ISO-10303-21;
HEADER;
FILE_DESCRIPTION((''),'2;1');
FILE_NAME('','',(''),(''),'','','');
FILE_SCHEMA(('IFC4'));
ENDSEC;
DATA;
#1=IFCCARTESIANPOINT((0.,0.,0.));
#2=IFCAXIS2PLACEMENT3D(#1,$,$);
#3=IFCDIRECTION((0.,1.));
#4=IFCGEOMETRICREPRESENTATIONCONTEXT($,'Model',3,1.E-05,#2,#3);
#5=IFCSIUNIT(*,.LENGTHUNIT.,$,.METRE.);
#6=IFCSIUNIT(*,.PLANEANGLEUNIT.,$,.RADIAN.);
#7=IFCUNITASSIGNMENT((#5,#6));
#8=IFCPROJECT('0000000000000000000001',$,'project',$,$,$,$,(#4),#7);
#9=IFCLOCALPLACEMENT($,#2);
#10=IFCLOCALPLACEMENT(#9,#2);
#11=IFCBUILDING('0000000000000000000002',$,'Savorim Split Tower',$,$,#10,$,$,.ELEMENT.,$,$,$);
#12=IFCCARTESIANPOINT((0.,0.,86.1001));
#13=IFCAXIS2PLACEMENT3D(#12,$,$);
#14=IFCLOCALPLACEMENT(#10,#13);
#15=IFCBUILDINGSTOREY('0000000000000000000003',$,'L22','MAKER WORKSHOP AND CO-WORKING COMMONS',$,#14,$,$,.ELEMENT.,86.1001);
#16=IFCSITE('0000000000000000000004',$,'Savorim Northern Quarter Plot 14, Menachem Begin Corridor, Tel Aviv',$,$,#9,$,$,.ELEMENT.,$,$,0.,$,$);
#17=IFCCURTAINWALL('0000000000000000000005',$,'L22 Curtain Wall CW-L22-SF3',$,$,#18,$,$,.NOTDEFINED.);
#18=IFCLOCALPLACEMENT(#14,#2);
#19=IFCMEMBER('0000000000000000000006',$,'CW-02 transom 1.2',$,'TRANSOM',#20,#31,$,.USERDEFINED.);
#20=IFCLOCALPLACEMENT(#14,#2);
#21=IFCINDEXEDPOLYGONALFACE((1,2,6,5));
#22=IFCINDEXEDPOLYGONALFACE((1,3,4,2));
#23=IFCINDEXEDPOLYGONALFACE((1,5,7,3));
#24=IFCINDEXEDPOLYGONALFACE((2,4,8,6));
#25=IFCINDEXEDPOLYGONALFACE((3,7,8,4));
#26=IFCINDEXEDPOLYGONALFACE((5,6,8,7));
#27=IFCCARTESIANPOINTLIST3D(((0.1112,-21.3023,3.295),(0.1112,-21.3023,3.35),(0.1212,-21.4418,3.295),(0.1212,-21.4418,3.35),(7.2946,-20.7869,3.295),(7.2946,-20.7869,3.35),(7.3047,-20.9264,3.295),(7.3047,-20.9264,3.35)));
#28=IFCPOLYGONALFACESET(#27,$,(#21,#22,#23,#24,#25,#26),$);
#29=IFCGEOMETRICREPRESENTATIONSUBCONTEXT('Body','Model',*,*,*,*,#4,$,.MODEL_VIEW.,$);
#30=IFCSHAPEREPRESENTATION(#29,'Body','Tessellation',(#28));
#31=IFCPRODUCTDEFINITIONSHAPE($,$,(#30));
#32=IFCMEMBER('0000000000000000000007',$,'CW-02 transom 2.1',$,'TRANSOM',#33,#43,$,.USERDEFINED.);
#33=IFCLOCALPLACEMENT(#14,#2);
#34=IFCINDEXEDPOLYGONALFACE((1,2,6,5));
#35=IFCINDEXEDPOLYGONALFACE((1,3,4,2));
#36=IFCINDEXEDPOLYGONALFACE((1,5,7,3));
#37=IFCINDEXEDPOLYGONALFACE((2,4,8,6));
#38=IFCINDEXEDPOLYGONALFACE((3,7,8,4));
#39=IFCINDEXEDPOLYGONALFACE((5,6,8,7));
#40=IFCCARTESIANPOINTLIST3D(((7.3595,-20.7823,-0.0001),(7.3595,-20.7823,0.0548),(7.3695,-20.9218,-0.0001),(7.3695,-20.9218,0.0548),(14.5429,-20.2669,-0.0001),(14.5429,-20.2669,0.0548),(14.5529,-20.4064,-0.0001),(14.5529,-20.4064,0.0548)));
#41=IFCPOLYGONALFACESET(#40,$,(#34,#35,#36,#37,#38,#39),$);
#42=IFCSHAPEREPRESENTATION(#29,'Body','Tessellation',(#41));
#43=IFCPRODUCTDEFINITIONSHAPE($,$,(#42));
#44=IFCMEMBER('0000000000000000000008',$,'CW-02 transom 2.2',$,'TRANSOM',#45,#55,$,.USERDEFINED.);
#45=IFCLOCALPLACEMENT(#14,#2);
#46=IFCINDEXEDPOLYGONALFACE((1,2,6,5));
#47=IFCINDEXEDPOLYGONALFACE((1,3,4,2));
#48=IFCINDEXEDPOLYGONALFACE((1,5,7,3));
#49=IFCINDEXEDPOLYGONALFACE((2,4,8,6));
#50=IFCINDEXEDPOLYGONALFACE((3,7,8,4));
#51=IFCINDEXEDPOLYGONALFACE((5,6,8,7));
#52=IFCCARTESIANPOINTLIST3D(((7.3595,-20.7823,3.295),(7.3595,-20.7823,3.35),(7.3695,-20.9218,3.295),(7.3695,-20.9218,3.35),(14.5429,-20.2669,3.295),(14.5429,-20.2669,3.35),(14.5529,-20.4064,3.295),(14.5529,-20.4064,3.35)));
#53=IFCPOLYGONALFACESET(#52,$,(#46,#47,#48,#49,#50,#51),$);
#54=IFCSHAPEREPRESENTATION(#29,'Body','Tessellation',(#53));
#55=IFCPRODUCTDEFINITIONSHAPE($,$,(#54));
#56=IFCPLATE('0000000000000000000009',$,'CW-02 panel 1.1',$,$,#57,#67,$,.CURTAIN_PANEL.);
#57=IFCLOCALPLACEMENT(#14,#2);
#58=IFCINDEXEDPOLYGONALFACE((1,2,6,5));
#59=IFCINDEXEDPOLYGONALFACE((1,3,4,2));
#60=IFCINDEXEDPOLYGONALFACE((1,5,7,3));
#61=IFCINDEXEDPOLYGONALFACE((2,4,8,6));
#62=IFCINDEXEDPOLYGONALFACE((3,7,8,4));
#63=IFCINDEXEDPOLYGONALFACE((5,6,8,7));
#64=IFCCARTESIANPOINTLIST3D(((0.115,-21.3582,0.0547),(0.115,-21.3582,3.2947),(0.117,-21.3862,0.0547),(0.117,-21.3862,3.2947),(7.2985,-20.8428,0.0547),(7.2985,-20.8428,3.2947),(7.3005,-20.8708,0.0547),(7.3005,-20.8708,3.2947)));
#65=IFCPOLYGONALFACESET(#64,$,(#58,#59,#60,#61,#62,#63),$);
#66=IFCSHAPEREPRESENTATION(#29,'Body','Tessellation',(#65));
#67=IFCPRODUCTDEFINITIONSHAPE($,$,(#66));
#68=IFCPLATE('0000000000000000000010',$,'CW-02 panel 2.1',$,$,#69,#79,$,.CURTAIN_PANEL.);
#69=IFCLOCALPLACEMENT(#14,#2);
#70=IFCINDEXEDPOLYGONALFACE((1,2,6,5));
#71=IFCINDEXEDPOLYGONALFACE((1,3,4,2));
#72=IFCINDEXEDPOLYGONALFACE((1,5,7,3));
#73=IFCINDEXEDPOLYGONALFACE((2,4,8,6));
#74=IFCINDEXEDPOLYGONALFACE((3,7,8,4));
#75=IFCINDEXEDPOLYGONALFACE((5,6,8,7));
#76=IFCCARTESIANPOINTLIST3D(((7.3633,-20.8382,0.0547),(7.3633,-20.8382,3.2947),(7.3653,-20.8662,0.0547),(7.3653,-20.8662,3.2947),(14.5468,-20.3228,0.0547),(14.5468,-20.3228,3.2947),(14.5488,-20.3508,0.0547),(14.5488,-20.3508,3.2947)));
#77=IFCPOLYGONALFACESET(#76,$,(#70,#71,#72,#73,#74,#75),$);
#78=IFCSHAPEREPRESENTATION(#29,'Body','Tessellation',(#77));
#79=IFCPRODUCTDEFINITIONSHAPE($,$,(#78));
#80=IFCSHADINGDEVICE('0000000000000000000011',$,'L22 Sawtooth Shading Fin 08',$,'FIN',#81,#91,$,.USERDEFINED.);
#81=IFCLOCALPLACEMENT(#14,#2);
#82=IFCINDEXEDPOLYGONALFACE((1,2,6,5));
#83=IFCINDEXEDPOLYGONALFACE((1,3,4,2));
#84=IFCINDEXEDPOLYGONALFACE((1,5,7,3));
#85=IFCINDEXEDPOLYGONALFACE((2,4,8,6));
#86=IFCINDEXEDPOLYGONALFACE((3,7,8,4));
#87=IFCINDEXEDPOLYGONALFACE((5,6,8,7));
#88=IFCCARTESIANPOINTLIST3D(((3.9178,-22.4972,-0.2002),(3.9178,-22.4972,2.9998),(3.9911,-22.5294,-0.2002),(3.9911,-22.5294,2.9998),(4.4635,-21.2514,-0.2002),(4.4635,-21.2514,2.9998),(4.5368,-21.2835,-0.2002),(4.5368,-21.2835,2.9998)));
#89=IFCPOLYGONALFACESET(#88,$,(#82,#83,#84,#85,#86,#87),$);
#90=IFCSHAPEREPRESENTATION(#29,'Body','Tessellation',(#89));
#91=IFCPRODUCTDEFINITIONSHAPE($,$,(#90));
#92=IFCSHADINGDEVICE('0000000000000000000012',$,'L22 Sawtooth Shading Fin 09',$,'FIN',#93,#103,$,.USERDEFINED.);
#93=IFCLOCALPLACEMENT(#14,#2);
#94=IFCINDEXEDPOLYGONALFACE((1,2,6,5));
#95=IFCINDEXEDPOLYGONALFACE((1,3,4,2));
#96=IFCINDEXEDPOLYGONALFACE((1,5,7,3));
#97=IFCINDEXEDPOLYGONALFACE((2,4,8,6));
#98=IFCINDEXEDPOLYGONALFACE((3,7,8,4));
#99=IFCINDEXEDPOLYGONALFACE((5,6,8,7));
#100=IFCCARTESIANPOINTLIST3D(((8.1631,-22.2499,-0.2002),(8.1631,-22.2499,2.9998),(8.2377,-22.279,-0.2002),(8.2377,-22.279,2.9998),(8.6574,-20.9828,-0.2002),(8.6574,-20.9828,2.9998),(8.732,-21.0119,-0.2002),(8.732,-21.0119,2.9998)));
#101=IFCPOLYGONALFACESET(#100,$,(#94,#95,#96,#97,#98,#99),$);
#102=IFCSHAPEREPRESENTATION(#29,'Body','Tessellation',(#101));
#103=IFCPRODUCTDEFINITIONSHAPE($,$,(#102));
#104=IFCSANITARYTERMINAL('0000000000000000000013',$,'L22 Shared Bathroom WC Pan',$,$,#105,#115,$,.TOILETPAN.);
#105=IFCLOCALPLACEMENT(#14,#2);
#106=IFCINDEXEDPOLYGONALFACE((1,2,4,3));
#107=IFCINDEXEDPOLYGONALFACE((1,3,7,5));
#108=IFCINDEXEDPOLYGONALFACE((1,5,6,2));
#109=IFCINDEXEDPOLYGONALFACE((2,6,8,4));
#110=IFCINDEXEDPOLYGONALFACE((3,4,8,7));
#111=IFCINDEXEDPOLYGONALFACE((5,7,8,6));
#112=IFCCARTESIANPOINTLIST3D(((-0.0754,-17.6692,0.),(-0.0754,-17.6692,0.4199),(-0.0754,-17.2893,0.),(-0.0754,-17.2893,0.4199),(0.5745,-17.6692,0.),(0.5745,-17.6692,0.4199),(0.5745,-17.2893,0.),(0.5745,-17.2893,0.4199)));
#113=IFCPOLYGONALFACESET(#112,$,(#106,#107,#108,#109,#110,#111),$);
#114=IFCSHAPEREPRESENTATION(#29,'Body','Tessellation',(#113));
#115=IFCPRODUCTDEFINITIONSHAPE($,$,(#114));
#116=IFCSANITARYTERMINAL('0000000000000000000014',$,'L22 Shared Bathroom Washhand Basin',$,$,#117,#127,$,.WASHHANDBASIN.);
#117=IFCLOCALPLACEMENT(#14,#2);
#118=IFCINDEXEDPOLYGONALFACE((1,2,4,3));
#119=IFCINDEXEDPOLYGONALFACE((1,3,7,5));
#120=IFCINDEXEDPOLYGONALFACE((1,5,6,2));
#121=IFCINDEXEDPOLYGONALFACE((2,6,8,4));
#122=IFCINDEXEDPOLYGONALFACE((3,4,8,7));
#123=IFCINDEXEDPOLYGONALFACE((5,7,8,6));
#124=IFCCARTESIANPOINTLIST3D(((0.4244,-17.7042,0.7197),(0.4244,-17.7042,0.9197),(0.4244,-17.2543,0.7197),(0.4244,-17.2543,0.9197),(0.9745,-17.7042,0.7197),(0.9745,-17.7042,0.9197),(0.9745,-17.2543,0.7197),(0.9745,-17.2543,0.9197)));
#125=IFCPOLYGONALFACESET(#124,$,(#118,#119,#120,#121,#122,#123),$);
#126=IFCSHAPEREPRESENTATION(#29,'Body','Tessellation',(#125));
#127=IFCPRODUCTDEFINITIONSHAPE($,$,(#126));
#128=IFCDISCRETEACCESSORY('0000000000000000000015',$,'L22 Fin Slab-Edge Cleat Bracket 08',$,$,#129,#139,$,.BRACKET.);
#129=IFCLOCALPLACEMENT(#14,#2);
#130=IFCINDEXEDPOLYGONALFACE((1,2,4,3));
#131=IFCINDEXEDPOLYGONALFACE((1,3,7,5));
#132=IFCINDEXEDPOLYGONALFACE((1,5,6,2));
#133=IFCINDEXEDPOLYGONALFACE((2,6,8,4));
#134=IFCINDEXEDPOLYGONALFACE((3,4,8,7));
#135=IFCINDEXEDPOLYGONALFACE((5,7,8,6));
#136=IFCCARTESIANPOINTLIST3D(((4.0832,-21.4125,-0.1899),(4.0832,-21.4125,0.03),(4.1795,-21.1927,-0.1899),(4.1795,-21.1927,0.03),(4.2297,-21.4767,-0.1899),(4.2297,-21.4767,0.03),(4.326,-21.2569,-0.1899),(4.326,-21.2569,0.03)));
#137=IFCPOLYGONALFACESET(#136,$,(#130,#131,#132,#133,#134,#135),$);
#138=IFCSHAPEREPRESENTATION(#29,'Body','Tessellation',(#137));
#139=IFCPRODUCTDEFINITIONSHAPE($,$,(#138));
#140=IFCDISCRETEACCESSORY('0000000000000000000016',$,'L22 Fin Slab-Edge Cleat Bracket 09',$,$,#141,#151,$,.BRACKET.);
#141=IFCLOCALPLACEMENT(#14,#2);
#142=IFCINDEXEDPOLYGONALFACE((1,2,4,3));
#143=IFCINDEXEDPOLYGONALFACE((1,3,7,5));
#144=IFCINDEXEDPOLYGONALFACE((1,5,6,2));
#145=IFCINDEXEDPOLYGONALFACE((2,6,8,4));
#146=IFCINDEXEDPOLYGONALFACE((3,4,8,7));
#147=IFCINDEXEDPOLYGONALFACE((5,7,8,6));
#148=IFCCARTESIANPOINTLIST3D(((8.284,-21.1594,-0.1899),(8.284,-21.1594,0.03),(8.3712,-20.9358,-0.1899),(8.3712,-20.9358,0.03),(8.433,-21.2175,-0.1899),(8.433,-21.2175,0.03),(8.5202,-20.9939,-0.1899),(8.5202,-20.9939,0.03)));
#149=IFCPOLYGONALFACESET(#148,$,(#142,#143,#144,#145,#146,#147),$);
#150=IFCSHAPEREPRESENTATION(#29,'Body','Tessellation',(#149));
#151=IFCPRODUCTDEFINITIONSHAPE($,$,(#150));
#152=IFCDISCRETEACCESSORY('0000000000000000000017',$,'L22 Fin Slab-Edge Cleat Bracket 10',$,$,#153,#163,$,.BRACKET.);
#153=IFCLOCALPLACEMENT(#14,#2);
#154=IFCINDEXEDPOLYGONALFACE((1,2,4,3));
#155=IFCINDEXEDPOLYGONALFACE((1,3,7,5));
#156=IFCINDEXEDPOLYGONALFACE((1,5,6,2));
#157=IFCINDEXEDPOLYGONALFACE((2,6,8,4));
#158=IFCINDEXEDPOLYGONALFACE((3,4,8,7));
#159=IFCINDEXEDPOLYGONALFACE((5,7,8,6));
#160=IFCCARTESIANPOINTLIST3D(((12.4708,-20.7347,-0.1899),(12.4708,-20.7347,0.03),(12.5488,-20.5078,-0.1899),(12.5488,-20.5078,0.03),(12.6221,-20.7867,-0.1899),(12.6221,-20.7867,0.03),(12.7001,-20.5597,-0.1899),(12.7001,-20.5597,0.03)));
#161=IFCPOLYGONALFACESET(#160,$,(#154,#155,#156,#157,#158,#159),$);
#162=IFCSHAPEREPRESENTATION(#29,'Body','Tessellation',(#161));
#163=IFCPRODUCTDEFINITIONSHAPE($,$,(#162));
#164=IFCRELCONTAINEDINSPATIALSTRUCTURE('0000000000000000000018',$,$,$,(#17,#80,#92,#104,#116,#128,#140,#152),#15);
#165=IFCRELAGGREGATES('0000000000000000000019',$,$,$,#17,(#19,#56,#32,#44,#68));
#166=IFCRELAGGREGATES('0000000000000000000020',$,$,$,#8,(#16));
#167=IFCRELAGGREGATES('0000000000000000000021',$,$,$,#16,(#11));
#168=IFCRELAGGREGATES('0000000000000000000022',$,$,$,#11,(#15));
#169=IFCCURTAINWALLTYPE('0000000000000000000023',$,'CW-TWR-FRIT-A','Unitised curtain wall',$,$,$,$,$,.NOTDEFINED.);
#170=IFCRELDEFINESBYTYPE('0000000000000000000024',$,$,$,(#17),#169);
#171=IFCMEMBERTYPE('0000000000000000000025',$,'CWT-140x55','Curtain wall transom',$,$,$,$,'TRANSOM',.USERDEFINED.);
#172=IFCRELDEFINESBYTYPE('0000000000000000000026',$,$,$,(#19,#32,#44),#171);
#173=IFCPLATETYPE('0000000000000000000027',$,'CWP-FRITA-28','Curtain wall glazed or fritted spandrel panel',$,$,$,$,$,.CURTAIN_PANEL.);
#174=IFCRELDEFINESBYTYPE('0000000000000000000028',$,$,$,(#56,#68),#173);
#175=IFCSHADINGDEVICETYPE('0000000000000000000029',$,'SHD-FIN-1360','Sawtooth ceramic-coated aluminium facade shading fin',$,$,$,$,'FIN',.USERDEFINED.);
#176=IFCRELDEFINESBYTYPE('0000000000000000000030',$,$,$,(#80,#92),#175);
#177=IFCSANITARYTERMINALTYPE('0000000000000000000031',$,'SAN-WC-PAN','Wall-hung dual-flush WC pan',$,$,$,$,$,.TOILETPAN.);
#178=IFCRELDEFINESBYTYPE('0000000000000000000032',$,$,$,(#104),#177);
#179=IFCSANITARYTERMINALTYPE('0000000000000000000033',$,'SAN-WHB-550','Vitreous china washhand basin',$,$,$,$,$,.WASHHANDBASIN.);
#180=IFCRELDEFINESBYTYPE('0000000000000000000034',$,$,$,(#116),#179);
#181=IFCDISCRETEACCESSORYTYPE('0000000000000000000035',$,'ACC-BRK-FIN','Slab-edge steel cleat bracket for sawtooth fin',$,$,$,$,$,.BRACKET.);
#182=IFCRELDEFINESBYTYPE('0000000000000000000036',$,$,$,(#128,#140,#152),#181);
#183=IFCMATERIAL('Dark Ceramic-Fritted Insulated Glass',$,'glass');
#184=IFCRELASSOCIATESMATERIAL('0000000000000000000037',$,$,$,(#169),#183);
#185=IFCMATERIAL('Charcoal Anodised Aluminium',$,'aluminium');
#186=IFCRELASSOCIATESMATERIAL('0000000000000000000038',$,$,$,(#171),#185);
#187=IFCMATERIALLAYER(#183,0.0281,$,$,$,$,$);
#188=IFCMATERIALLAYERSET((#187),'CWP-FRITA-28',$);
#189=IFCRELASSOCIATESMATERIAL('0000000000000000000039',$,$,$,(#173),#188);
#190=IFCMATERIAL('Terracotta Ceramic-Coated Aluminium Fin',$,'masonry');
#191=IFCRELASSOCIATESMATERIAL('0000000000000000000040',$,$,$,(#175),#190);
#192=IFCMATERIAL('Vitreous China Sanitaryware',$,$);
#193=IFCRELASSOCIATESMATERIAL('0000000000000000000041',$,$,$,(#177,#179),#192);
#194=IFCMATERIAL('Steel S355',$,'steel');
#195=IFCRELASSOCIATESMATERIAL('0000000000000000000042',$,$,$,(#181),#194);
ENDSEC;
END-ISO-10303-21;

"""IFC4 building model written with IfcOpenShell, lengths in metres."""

from ifc_helpers import new_model, si_unit, direction, frame, origin, origin_2d, place, context, subcontext, project, spatial, rectangle, extrude, material, layer, layer_set, material_profile, profile_set, type_object, element, aggregate, save


model = new_model("IFC4")

# Units and contexts
model_context = context("Model", 3, precision=1e-05, world=origin(), true_north=direction((0.0, 1.0)))
body_context = subcontext(model_context, "Body", "Model", "MODEL_VIEW")
ifc_project = project(units=[si_unit("LENGTHUNIT", "METRE"), si_unit("PLANEANGLEUNIT", "RADIAN")], contexts=[model_context])

# Site, building, storey
site_placement = place(None, origin())
site = spatial("IfcSite", under=ifc_project, at=site_placement, Name="Savorim Northern Quarter Plot 14, Menachem Begin Corridor, Tel Aviv", CompositionType="ELEMENT", RefElevation=0.0)
building_placement = place(site_placement, origin())
building = spatial("IfcBuilding", under=site, at=building_placement, Name="Savorim Split Tower", CompositionType="ELEMENT")
storey_placement = place(building_placement, frame((0.0, 0.0, 86.1001)))
storey = spatial("IfcBuildingStorey", under=building, at=storey_placement, Name="L22", Description="MAKER WORKSHOP AND CO-WORKING COMMONS", CompositionType="ELEMENT", Elevation=86.1001)

# Shared definitions
ifc_material_1 = material(Name="Steel S355", Category="steel")

# Curtain wall, members, plates
ifc_material_2 = material(Name="Dark Ceramic-Fritted Insulated Glass", Category="glass")
curtain_wall_type = type_object("IfcCurtainWallType", Name="CW-TWR-FRIT-A", Description="Unitised curtain wall", PredefinedType="NOTDEFINED", material=ifc_material_2)
curtain_wall_placement = place(storey_placement, origin())
curtain_wall = element("IfcCurtainWall", 1, at=curtain_wall_placement, inside=storey, type_object=curtain_wall_type, Name="L22 Curtain Wall CW-L22-SF3", PredefinedType="NOTDEFINED")
ifc_material_3 = material(Name="Charcoal Anodised Aluminium", Category="aluminium")
ifc_material_profile_1 = material_profile(ifc_material_3, rectangle(XDim=0.1399, YDim=0.0549, at=origin_2d()), Name="ALU-T 140x55")
ifc_profile_set_1 = profile_set([ifc_material_profile_1], Name="Charcoal Anodised Aluminium")
member_type_1 = type_object("IfcMemberType", Name="CWT-140x55", Description="Curtain wall transom", ElementType="TRANSOM", PredefinedType="USERDEFINED", material=ifc_profile_set_1)
member_1_placement = place(storey_placement, frame((0.1162, -21.3721, 3.3225), z_axis=(0.997436, 0.071563, 0.0), x_axis=(-0.071563, 0.997436, 0.0)))
member_1 = element("IfcMember", 2, at=member_1_placement, type_object=member_type_1, Name="CW-02 transom 1.2", ObjectType="TRANSOM", PredefinedType="USERDEFINED", context=body_context, shape_type="SweptSolid", body=[
    extrude(rectangle(XDim=0.1399, YDim=0.0549, at=origin_2d()), origin(), (0.0, 0.0, 1.0), 7.2019),
])
member_2_placement = place(storey_placement, frame((7.3645, -20.8521, 0.0273), z_axis=(0.997436, 0.071563, 0.0), x_axis=(-0.071563, 0.997436, 0.0)))
member_2 = element("IfcMember", 3, at=member_2_placement, type_object=member_type_1, Name="CW-02 transom 2.1", ObjectType="TRANSOM", PredefinedType="USERDEFINED", context=body_context, shape_type="SweptSolid", body=[
    extrude(rectangle(XDim=0.1399, YDim=0.0549, at=origin_2d()), origin(), (0.0, 0.0, 1.0), 7.2019),
])
member_3_placement = place(storey_placement, frame((7.3645, -20.8521, 3.3225), z_axis=(0.997436, 0.071563, 0.0), x_axis=(-0.071563, 0.997436, 0.0)))
member_3 = element("IfcMember", 4, at=member_3_placement, type_object=member_type_1, Name="CW-02 transom 2.2", ObjectType="TRANSOM", PredefinedType="USERDEFINED", context=body_context, shape_type="SweptSolid", body=[
    extrude(rectangle(XDim=0.1399, YDim=0.0549, at=origin_2d()), origin(), (0.0, 0.0, 1.0), 7.2019),
])
ifc_layer = layer(ifc_material_2, 0.0281)
ifc_layer_set = layer_set([ifc_layer], Name="CWP-FRITA-28")
plate_type = type_object("IfcPlateType", Name="CWP-FRITA-28", Description="Curtain wall glazed or fritted spandrel panel", PredefinedType="CURTAIN_PANEL", material=ifc_layer_set)
plate_1_placement = place(storey_placement, frame((3.7078, -21.1145, 0.0547), z_axis=(0.0, 0.0, 1.0), x_axis=(0.997436, 0.071561, 0.0)))
plate_1 = element("IfcPlate", 5, at=plate_1_placement, type_object=plate_type, Name="CW-02 panel 1.1", PredefinedType="CURTAIN_PANEL", context=body_context, shape_type="SweptSolid", body=[
    extrude(rectangle(XDim=7.2019, YDim=0.0281, at=origin_2d()), origin(), (0.0, 0.0, 1.0), 3.24),
])
plate_2_placement = place(storey_placement, frame((10.9561, -20.5945, 0.0547), z_axis=(0.0, 0.0, 1.0), x_axis=(0.997436, 0.071561, 0.0)))
plate_2 = element("IfcPlate", 6, at=plate_2_placement, type_object=plate_type, Name="CW-02 panel 2.1", PredefinedType="CURTAIN_PANEL", context=body_context, shape_type="SweptSolid", body=[
    extrude(rectangle(XDim=7.2019, YDim=0.0281, at=origin_2d()), origin(), (0.0, 0.0, 1.0), 3.24),
])
aggregate(curtain_wall, [member_1, plate_1, member_2, member_3, plate_2])

# Shading devices
ifc_material_4 = material(Name="Terracotta Ceramic-Coated Aluminium Fin", Category="masonry")
shading_device_type = type_object("IfcShadingDeviceType", Name="SHD-FIN-1360", Description="Sawtooth ceramic-coated aluminium facade shading fin", ElementType="FIN", PredefinedType="USERDEFINED", material=ifc_material_4)
for number, where, z_axis, x_axis, name in (
    (7, (4.2273, -21.8904, -0.2002), (0.0, 0.0, 1.0), (-0.40123, -0.915977, 0.0), "L22 Sawtooth Shading Fin 08"),
    (8, (8.4475, -21.6309, -0.2002), (0.0, 0.0, 1.0), (-0.363415, -0.931627, 0.0), "L22 Sawtooth Shading Fin 09"),
):
    element("IfcShadingDevice", number, at=place(storey_placement, frame(where, z_axis=z_axis, x_axis=x_axis)), inside=storey, type_object=shading_device_type, Name=name, ObjectType="FIN", PredefinedType="USERDEFINED", context=body_context, shape_type="SweptSolid", body=[
        extrude(rectangle(XDim=1.3601, YDim=0.0801, at=origin_2d()), origin(), (0.0, 0.0, 1.0), 3.2),
    ])

# Sanitary terminals
ifc_material_5 = material(Name="Vitreous China Sanitaryware")
sanitary_terminal_type_1 = type_object("IfcSanitaryTerminalType", Name="SAN-WC-PAN", Description="Wall-hung dual-flush WC pan", PredefinedType="TOILETPAN", material=ifc_material_5)
sanitary_terminal_1_placement = place(storey_placement, frame((0.2495, -17.4792, 0.0), z_axis=(0.0, 0.0, 1.0), x_axis=(1.0, 0.0, 0.0)))
element("IfcSanitaryTerminal", 9, at=sanitary_terminal_1_placement, inside=storey, type_object=sanitary_terminal_type_1, Name="L22 Shared Bathroom WC Pan", PredefinedType="TOILETPAN", context=body_context, shape_type="SweptSolid", body=[
    extrude(rectangle(XDim=0.6499, YDim=0.3799, at=origin_2d()), origin(), (0.0, 0.0, 1.0), 0.4199),
])
sanitary_terminal_type_2 = type_object("IfcSanitaryTerminalType", Name="SAN-WHB-550", Description="Vitreous china washhand basin", PredefinedType="WASHHANDBASIN", material=ifc_material_5)
sanitary_terminal_2_placement = place(storey_placement, frame((0.6995, -17.4792, 0.7197), z_axis=(0.0, 0.0, 1.0), x_axis=(1.0, 0.0, 0.0)))
element("IfcSanitaryTerminal", 10, at=sanitary_terminal_2_placement, inside=storey, type_object=sanitary_terminal_type_2, Name="L22 Shared Bathroom Washhand Basin", PredefinedType="WASHHANDBASIN", context=body_context, shape_type="SweptSolid", body=[
    extrude(rectangle(XDim=0.55, YDim=0.45, at=origin_2d()), origin(), (0.0, 0.0, 1.0), 0.2),
])

# Discrete accessories
discrete_accessory_type = type_object("IfcDiscreteAccessoryType", Name="ACC-BRK-FIN", Description="Slab-edge steel cleat bracket for sawtooth fin", PredefinedType="BRACKET", material=ifc_material_1)
for number, where, z_axis, x_axis, name in (
    (11, (4.2046, -21.3347, -0.1899), (0.0, 0.0, 1.0), (-0.40123, -0.915977, 0.0), "L22 Fin Slab-Edge Cleat Bracket 08"),
    (12, (8.4021, -21.0767, -0.1899), (0.0, 0.0, 1.0), (-0.363415, -0.931627, 0.0), "L22 Fin Slab-Edge Cleat Bracket 09"),
    (13, (12.5854, -20.6472, -0.1899), (0.0, 0.0, 1.0), (-0.324994, -0.945716, 0.0), "L22 Fin Slab-Edge Cleat Bracket 10"),
):
    element("IfcDiscreteAccessory", number, at=place(storey_placement, frame(where, z_axis=z_axis, x_axis=x_axis)), inside=storey, type_object=discrete_accessory_type, Name=name, PredefinedType="BRACKET", context=body_context, shape_type="SweptSolid", body=[
        extrude(rectangle(XDim=0.24, YDim=0.1599, at=origin_2d()), origin(), (0.0, 0.0, 1.0), 0.22),
    ])

save(model, "model.ifc")
